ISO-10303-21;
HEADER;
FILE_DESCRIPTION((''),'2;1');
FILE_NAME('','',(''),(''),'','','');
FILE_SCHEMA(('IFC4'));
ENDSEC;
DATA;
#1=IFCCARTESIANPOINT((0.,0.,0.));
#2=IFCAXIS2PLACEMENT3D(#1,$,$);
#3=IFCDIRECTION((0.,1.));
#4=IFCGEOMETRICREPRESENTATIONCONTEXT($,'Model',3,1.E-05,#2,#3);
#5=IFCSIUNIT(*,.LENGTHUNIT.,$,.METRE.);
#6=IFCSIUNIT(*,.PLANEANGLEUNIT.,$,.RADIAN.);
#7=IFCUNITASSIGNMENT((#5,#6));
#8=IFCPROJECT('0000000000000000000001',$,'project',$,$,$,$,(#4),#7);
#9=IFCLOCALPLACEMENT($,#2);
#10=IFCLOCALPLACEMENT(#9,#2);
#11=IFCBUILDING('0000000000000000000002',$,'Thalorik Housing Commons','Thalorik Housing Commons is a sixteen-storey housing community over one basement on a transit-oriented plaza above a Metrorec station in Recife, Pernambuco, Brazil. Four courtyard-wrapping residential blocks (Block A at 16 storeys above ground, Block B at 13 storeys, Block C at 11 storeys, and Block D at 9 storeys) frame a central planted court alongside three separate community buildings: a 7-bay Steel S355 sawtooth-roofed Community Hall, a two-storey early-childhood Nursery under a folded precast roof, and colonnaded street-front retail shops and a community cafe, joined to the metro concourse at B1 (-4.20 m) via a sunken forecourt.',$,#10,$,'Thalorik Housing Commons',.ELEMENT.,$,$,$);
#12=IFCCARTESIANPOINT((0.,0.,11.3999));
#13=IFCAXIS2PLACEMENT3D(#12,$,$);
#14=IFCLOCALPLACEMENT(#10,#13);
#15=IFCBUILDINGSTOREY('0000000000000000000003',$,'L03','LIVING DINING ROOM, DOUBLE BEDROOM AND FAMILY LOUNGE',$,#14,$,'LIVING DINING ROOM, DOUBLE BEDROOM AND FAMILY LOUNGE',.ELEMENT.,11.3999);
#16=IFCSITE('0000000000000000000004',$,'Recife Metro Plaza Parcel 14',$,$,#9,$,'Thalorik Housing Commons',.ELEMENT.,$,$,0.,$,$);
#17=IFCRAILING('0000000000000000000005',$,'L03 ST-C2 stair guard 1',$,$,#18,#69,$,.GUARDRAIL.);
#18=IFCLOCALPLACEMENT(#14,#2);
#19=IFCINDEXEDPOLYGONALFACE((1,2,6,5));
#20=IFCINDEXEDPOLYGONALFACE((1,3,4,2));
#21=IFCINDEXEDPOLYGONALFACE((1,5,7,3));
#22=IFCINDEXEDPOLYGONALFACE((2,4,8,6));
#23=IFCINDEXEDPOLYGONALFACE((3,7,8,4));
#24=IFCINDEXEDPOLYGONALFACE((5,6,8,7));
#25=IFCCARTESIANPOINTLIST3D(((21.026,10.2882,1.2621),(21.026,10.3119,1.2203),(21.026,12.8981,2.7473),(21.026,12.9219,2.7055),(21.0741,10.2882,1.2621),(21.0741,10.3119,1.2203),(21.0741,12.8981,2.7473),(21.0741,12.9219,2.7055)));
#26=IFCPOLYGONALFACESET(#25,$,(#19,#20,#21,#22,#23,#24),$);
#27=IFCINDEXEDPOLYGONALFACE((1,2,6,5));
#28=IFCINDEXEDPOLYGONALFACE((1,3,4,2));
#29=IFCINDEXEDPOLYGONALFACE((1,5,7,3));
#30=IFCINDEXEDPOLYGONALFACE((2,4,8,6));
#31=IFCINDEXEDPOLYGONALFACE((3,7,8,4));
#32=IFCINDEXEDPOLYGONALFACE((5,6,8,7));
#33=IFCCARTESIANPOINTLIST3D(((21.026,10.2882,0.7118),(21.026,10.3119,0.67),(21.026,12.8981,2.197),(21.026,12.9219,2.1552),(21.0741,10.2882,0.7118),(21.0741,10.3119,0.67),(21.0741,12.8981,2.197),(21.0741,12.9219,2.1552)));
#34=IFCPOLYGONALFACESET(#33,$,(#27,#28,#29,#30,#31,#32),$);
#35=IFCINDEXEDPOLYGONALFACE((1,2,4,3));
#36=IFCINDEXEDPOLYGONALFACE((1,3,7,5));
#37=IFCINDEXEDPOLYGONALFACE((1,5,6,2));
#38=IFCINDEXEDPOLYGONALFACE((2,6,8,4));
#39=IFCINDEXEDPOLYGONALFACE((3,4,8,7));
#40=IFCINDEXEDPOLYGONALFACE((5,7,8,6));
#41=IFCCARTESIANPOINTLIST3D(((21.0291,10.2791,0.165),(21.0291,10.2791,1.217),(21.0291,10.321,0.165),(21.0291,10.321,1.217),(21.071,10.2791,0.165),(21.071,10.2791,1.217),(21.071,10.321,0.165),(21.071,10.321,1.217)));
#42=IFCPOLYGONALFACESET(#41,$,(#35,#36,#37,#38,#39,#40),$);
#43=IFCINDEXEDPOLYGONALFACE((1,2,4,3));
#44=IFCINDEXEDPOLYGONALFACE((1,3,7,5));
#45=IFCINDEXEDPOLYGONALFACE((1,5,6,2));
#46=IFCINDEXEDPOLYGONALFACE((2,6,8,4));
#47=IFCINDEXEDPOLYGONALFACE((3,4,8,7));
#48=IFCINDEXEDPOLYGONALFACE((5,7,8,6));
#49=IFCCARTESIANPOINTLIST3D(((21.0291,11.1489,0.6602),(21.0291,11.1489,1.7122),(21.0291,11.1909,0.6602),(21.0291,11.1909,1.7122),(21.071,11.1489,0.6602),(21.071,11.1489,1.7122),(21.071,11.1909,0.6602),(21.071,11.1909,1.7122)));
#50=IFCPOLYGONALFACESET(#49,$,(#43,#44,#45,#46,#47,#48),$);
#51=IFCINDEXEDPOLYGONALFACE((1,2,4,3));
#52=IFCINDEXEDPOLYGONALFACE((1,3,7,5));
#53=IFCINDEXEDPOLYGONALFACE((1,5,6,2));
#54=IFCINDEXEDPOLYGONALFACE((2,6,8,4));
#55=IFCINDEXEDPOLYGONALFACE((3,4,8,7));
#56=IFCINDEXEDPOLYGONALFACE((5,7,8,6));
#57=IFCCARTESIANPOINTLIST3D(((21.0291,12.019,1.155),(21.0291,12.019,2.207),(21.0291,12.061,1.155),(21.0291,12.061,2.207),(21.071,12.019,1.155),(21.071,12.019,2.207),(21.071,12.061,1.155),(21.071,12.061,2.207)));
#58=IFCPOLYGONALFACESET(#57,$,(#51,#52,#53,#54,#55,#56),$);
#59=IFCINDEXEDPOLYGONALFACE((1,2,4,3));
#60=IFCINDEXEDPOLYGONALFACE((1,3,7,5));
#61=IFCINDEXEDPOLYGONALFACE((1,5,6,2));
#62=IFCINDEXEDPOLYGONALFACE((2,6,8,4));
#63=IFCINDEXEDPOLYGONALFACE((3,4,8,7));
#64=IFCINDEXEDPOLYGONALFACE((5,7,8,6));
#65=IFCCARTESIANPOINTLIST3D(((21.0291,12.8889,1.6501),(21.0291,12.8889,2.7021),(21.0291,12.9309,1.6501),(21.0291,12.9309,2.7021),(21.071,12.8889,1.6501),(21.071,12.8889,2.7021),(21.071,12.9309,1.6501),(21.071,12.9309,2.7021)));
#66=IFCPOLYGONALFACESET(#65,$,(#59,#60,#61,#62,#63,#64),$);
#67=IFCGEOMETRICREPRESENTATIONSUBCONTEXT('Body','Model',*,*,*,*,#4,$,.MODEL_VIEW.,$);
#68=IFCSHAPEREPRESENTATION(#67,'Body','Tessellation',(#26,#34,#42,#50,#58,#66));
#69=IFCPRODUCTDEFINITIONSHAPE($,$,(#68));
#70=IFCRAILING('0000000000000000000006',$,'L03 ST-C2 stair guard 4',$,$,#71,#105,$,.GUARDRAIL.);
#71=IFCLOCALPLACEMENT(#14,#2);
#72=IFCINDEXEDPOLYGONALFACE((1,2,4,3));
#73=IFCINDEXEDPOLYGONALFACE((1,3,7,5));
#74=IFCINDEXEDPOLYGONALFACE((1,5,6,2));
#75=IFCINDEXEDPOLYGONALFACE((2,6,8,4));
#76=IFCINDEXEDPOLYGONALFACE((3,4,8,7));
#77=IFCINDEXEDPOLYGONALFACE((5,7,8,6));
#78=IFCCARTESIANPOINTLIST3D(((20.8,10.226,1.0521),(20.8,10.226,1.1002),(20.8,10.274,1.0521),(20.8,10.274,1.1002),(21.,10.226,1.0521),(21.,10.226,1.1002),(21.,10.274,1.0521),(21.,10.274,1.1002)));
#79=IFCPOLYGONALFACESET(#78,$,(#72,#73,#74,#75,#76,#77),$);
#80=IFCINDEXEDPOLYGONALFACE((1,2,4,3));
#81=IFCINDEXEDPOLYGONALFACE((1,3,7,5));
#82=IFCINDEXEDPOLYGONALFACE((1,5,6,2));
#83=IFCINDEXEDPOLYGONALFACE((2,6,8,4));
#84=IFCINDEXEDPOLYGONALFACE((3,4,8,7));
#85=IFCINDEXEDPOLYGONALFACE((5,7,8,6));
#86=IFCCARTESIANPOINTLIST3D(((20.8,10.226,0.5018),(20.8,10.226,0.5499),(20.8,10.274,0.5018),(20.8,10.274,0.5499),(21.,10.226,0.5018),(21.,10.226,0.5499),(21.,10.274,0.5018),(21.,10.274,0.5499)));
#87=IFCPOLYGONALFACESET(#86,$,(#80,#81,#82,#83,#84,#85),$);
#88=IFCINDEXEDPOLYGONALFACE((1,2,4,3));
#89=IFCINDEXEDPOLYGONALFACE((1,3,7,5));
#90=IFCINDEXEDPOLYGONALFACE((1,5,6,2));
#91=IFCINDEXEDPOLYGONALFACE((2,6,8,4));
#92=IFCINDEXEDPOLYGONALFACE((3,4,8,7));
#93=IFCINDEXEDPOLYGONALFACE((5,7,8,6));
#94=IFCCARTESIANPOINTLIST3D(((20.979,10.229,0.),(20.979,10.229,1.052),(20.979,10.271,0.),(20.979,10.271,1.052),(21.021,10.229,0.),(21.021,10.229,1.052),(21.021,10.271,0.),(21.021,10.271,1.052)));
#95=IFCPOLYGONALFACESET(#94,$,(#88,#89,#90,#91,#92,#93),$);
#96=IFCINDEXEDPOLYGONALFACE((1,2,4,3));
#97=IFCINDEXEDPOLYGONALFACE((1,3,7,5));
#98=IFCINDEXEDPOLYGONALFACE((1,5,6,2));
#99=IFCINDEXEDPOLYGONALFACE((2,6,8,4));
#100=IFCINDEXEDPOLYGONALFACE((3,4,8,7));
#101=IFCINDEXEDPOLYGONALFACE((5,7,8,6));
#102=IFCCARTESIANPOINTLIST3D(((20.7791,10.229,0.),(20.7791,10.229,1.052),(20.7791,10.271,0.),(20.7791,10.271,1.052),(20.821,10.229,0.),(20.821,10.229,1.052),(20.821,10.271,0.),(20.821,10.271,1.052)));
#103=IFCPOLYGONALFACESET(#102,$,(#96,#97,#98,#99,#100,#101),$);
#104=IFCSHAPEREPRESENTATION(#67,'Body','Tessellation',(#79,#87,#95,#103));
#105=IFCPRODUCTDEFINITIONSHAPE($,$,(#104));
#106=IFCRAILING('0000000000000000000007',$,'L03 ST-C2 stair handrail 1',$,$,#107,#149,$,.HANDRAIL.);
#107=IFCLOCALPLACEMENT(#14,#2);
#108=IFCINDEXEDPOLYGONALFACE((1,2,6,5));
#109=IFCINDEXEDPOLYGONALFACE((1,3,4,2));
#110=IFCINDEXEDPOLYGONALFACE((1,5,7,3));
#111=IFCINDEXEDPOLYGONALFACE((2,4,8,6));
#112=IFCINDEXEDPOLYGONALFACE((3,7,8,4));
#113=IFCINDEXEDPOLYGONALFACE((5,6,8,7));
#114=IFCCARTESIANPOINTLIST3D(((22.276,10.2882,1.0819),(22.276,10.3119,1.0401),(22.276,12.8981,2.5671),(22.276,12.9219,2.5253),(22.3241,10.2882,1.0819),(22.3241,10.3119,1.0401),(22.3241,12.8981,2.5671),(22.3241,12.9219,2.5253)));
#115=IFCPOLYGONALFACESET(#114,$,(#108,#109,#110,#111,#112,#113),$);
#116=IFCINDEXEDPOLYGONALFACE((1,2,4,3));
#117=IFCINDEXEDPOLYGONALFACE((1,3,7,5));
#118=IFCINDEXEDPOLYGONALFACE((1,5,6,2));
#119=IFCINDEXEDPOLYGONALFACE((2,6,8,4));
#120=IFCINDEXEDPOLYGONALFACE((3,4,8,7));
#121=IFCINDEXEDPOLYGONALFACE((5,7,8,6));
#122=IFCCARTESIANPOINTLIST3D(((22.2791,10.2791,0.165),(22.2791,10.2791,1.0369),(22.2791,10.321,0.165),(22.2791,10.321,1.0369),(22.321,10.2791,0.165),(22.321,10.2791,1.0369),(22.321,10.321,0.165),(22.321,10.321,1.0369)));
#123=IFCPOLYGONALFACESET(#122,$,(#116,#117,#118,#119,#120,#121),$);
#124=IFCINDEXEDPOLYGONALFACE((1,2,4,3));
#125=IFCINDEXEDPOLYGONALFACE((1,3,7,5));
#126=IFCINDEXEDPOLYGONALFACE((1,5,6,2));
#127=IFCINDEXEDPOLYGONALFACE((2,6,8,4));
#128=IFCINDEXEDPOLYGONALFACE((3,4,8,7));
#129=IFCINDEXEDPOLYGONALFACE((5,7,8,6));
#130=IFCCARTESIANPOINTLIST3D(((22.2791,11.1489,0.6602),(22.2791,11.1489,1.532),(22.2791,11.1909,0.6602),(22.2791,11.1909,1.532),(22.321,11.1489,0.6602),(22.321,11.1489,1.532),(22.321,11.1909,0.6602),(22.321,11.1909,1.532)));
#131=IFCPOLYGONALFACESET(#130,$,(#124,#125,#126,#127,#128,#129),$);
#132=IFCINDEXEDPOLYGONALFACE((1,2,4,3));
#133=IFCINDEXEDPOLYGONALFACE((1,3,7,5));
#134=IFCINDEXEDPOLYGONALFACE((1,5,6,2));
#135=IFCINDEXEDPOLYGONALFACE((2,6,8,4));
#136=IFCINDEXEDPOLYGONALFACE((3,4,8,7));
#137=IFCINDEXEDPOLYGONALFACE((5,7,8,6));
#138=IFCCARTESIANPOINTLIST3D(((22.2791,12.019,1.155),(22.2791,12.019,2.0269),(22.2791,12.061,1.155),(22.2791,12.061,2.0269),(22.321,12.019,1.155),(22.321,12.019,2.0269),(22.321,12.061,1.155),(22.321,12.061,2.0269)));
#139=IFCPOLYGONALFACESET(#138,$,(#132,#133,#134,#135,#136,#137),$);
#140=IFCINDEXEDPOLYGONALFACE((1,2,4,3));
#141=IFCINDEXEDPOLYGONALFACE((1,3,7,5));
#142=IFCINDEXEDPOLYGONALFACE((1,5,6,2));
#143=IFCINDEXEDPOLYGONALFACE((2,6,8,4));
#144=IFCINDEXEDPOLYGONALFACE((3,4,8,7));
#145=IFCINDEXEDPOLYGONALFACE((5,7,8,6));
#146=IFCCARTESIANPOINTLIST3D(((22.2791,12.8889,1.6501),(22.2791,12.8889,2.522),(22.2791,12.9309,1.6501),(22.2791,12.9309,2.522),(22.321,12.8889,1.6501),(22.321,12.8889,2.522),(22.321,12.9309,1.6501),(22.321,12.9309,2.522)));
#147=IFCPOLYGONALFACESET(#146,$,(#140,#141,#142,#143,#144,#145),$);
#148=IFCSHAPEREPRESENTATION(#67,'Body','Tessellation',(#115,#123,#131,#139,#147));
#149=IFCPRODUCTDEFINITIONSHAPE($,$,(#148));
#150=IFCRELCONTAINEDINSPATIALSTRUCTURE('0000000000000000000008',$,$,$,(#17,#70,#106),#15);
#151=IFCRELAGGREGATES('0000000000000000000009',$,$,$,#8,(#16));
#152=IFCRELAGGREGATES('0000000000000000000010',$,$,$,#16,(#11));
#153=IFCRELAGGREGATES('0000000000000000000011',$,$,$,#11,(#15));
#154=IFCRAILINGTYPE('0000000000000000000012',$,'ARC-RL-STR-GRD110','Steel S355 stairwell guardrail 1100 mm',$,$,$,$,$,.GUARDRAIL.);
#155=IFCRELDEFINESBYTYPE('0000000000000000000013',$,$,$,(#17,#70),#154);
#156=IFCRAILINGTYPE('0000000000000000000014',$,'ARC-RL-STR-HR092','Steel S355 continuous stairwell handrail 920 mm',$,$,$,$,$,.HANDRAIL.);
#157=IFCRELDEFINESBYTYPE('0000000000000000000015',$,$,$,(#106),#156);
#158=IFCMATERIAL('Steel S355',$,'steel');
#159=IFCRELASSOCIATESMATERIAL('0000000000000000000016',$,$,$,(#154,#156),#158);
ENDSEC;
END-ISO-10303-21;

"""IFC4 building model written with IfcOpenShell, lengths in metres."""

from ifc_helpers import new_model, si_unit, direction, frame, origin, origin_2d, place, context, subcontext, project, spatial, rectangle, extrude, material, type_object, element, save


model = new_model("IFC4")

# Units and contexts
model_context = context("Model", 3, precision=1e-05, world=origin(), true_north=direction((0.0, 1.0)))
body_context = subcontext(model_context, "Body", "Model", "MODEL_VIEW")
ifc_project = project(units=[si_unit("LENGTHUNIT", "METRE"), si_unit("PLANEANGLEUNIT", "RADIAN")], contexts=[model_context])

# Site, building, storey
site_placement = place(None, origin())
site = spatial("IfcSite", under=ifc_project, at=site_placement, Name="Recife Metro Plaza Parcel 14", LongName="Thalorik Housing Commons", CompositionType="ELEMENT", RefElevation=0.0)
building_placement = place(site_placement, origin())
building = spatial("IfcBuilding", under=site, at=building_placement, Name="Thalorik Housing Commons", Description="Thalorik Housing Commons is a sixteen-storey housing community over one basement on a transit-oriented plaza above a Metrorec station in Recife, Pernambuco, Brazil. Four courtyard-wrapping residential blocks (Block A at 16 storeys above ground, Block B at 13 storeys, Block C at 11 storeys, and Block D at 9 storeys) frame a central planted court alongside three separate community buildings: a 7-bay Steel S355 sawtooth-roofed Community Hall, a two-storey early-childhood Nursery under a folded precast roof, and colonnaded street-front retail shops and a community cafe, joined to the metro concourse at B1 (-4.20 m) via a sunken forecourt.", LongName="Thalorik Housing Commons", CompositionType="ELEMENT")
storey_placement = place(building_placement, frame((0.0, 0.0, 11.3999)))
storey = spatial("IfcBuildingStorey", under=building, at=storey_placement, Name="L03", Description="LIVING DINING ROOM, DOUBLE BEDROOM AND FAMILY LOUNGE", LongName="LIVING DINING ROOM, DOUBLE BEDROOM AND FAMILY LOUNGE", CompositionType="ELEMENT", Elevation=11.3999)

# Shared definitions
ifc_material_1 = material(Name="Steel S355", Category="steel")

# Railings
railing_type_1 = type_object("IfcRailingType", Name="ARC-RL-STR-GRD110", Description="Steel S355 stairwell guardrail 1100 mm", PredefinedType="GUARDRAIL", material=ifc_material_1)
railing_1_placement = place(storey_placement, frame((21.05, 10.3, 0.165)))
element("IfcRailing", 1, at=railing_1_placement, inside=storey, type_object=railing_type_1, Name="L03 ST-C2 stair guard 1", PredefinedType="GUARDRAIL", context=body_context, shape_type="SweptSolid", body=[
    extrude(rectangle(XDim=0.0481, YDim=0.0481, at=origin_2d()), frame((0.0, 0.0, 1.0762), z_axis=(0.0, 0.869137, 0.494571), x_axis=(-1.0, 0.0, 0.0)), (0.0, 0.0, 1.0), 3.0029),
    extrude(rectangle(XDim=0.0481, YDim=0.0481, at=origin_2d()), frame((0.0, 0.0, 0.5259), z_axis=(0.0, 0.869137, 0.494571), x_axis=(-1.0, 0.0, 0.0)), (0.0, 0.0, 1.0), 3.0029),
    extrude(rectangle(XDim=0.042, YDim=0.042, at=origin_2d()), origin(), (0.0, 0.0, 1.0), 1.052),
    extrude(rectangle(XDim=0.042, YDim=0.042, at=origin_2d()), frame((0.0, 0.8699, 0.4951)), (0.0, 0.0, 1.0), 1.052),
    extrude(rectangle(XDim=0.042, YDim=0.042, at=origin_2d()), frame((0.0, 1.74, 0.99)), (0.0, 0.0, 1.0), 1.052),
    extrude(rectangle(XDim=0.042, YDim=0.042, at=origin_2d()), frame((0.0, 2.6099, 1.4851)), (0.0, 0.0, 1.0), 1.052),
])
railing_2_placement = place(storey_placement, frame((21.0, 10.25, 0.0)))
element("IfcRailing", 2, at=railing_2_placement, inside=storey, type_object=railing_type_1, Name="L03 ST-C2 stair guard 4", PredefinedType="GUARDRAIL", context=body_context, shape_type="SweptSolid", body=[
    extrude(rectangle(XDim=0.0481, YDim=0.0481, at=origin_2d()), frame((0.0, 0.0, 1.0762), z_axis=(-1.0, 0.0, 0.0), x_axis=(0.0, -1.0, 0.0)), (0.0, 0.0, 1.0), 0.2),
    extrude(rectangle(XDim=0.0481, YDim=0.0481, at=origin_2d()), frame((0.0, 0.0, 0.5259), z_axis=(-1.0, 0.0, 0.0), x_axis=(0.0, -1.0, 0.0)), (0.0, 0.0, 1.0), 0.2),
    extrude(rectangle(XDim=0.042, YDim=0.042, at=origin_2d()), origin(), (0.0, 0.0, 1.0), 1.052),
    extrude(rectangle(XDim=0.042, YDim=0.042, at=origin_2d()), frame((-0.2, 0.0, 0.0)), (0.0, 0.0, 1.0), 1.052),
])
railing_type_2 = type_object("IfcRailingType", Name="ARC-RL-STR-HR092", Description="Steel S355 continuous stairwell handrail 920 mm", PredefinedType="HANDRAIL", material=ifc_material_1)
railing_3_placement = place(storey_placement, frame((22.3, 10.3, 0.165)))
element("IfcRailing", 3, at=railing_3_placement, inside=storey, type_object=railing_type_2, Name="L03 ST-C2 stair handrail 1", PredefinedType="HANDRAIL", context=body_context, shape_type="SweptSolid", body=[
    extrude(rectangle(XDim=0.0481, YDim=0.0481, at=origin_2d()), frame((0.0, 0.0, 0.896), z_axis=(0.0, 0.869137, 0.494571), x_axis=(-1.0, 0.0, 0.0)), (0.0, 0.0, 1.0), 3.0029),
    extrude(rectangle(XDim=0.042, YDim=0.042, at=origin_2d()), origin(), (0.0, 0.0, 1.0), 0.8718),
    extrude(rectangle(XDim=0.042, YDim=0.042, at=origin_2d()), frame((0.0, 0.8699, 0.4951)), (0.0, 0.0, 1.0), 0.8718),
    extrude(rectangle(XDim=0.042, YDim=0.042, at=origin_2d()), frame((0.0, 1.74, 0.99)), (0.0, 0.0, 1.0), 0.8718),
    extrude(rectangle(XDim=0.042, YDim=0.042, at=origin_2d()), frame((0.0, 2.6099, 1.4851)), (0.0, 0.0, 1.0), 0.8718),
])

save(model, "model.ifc")
